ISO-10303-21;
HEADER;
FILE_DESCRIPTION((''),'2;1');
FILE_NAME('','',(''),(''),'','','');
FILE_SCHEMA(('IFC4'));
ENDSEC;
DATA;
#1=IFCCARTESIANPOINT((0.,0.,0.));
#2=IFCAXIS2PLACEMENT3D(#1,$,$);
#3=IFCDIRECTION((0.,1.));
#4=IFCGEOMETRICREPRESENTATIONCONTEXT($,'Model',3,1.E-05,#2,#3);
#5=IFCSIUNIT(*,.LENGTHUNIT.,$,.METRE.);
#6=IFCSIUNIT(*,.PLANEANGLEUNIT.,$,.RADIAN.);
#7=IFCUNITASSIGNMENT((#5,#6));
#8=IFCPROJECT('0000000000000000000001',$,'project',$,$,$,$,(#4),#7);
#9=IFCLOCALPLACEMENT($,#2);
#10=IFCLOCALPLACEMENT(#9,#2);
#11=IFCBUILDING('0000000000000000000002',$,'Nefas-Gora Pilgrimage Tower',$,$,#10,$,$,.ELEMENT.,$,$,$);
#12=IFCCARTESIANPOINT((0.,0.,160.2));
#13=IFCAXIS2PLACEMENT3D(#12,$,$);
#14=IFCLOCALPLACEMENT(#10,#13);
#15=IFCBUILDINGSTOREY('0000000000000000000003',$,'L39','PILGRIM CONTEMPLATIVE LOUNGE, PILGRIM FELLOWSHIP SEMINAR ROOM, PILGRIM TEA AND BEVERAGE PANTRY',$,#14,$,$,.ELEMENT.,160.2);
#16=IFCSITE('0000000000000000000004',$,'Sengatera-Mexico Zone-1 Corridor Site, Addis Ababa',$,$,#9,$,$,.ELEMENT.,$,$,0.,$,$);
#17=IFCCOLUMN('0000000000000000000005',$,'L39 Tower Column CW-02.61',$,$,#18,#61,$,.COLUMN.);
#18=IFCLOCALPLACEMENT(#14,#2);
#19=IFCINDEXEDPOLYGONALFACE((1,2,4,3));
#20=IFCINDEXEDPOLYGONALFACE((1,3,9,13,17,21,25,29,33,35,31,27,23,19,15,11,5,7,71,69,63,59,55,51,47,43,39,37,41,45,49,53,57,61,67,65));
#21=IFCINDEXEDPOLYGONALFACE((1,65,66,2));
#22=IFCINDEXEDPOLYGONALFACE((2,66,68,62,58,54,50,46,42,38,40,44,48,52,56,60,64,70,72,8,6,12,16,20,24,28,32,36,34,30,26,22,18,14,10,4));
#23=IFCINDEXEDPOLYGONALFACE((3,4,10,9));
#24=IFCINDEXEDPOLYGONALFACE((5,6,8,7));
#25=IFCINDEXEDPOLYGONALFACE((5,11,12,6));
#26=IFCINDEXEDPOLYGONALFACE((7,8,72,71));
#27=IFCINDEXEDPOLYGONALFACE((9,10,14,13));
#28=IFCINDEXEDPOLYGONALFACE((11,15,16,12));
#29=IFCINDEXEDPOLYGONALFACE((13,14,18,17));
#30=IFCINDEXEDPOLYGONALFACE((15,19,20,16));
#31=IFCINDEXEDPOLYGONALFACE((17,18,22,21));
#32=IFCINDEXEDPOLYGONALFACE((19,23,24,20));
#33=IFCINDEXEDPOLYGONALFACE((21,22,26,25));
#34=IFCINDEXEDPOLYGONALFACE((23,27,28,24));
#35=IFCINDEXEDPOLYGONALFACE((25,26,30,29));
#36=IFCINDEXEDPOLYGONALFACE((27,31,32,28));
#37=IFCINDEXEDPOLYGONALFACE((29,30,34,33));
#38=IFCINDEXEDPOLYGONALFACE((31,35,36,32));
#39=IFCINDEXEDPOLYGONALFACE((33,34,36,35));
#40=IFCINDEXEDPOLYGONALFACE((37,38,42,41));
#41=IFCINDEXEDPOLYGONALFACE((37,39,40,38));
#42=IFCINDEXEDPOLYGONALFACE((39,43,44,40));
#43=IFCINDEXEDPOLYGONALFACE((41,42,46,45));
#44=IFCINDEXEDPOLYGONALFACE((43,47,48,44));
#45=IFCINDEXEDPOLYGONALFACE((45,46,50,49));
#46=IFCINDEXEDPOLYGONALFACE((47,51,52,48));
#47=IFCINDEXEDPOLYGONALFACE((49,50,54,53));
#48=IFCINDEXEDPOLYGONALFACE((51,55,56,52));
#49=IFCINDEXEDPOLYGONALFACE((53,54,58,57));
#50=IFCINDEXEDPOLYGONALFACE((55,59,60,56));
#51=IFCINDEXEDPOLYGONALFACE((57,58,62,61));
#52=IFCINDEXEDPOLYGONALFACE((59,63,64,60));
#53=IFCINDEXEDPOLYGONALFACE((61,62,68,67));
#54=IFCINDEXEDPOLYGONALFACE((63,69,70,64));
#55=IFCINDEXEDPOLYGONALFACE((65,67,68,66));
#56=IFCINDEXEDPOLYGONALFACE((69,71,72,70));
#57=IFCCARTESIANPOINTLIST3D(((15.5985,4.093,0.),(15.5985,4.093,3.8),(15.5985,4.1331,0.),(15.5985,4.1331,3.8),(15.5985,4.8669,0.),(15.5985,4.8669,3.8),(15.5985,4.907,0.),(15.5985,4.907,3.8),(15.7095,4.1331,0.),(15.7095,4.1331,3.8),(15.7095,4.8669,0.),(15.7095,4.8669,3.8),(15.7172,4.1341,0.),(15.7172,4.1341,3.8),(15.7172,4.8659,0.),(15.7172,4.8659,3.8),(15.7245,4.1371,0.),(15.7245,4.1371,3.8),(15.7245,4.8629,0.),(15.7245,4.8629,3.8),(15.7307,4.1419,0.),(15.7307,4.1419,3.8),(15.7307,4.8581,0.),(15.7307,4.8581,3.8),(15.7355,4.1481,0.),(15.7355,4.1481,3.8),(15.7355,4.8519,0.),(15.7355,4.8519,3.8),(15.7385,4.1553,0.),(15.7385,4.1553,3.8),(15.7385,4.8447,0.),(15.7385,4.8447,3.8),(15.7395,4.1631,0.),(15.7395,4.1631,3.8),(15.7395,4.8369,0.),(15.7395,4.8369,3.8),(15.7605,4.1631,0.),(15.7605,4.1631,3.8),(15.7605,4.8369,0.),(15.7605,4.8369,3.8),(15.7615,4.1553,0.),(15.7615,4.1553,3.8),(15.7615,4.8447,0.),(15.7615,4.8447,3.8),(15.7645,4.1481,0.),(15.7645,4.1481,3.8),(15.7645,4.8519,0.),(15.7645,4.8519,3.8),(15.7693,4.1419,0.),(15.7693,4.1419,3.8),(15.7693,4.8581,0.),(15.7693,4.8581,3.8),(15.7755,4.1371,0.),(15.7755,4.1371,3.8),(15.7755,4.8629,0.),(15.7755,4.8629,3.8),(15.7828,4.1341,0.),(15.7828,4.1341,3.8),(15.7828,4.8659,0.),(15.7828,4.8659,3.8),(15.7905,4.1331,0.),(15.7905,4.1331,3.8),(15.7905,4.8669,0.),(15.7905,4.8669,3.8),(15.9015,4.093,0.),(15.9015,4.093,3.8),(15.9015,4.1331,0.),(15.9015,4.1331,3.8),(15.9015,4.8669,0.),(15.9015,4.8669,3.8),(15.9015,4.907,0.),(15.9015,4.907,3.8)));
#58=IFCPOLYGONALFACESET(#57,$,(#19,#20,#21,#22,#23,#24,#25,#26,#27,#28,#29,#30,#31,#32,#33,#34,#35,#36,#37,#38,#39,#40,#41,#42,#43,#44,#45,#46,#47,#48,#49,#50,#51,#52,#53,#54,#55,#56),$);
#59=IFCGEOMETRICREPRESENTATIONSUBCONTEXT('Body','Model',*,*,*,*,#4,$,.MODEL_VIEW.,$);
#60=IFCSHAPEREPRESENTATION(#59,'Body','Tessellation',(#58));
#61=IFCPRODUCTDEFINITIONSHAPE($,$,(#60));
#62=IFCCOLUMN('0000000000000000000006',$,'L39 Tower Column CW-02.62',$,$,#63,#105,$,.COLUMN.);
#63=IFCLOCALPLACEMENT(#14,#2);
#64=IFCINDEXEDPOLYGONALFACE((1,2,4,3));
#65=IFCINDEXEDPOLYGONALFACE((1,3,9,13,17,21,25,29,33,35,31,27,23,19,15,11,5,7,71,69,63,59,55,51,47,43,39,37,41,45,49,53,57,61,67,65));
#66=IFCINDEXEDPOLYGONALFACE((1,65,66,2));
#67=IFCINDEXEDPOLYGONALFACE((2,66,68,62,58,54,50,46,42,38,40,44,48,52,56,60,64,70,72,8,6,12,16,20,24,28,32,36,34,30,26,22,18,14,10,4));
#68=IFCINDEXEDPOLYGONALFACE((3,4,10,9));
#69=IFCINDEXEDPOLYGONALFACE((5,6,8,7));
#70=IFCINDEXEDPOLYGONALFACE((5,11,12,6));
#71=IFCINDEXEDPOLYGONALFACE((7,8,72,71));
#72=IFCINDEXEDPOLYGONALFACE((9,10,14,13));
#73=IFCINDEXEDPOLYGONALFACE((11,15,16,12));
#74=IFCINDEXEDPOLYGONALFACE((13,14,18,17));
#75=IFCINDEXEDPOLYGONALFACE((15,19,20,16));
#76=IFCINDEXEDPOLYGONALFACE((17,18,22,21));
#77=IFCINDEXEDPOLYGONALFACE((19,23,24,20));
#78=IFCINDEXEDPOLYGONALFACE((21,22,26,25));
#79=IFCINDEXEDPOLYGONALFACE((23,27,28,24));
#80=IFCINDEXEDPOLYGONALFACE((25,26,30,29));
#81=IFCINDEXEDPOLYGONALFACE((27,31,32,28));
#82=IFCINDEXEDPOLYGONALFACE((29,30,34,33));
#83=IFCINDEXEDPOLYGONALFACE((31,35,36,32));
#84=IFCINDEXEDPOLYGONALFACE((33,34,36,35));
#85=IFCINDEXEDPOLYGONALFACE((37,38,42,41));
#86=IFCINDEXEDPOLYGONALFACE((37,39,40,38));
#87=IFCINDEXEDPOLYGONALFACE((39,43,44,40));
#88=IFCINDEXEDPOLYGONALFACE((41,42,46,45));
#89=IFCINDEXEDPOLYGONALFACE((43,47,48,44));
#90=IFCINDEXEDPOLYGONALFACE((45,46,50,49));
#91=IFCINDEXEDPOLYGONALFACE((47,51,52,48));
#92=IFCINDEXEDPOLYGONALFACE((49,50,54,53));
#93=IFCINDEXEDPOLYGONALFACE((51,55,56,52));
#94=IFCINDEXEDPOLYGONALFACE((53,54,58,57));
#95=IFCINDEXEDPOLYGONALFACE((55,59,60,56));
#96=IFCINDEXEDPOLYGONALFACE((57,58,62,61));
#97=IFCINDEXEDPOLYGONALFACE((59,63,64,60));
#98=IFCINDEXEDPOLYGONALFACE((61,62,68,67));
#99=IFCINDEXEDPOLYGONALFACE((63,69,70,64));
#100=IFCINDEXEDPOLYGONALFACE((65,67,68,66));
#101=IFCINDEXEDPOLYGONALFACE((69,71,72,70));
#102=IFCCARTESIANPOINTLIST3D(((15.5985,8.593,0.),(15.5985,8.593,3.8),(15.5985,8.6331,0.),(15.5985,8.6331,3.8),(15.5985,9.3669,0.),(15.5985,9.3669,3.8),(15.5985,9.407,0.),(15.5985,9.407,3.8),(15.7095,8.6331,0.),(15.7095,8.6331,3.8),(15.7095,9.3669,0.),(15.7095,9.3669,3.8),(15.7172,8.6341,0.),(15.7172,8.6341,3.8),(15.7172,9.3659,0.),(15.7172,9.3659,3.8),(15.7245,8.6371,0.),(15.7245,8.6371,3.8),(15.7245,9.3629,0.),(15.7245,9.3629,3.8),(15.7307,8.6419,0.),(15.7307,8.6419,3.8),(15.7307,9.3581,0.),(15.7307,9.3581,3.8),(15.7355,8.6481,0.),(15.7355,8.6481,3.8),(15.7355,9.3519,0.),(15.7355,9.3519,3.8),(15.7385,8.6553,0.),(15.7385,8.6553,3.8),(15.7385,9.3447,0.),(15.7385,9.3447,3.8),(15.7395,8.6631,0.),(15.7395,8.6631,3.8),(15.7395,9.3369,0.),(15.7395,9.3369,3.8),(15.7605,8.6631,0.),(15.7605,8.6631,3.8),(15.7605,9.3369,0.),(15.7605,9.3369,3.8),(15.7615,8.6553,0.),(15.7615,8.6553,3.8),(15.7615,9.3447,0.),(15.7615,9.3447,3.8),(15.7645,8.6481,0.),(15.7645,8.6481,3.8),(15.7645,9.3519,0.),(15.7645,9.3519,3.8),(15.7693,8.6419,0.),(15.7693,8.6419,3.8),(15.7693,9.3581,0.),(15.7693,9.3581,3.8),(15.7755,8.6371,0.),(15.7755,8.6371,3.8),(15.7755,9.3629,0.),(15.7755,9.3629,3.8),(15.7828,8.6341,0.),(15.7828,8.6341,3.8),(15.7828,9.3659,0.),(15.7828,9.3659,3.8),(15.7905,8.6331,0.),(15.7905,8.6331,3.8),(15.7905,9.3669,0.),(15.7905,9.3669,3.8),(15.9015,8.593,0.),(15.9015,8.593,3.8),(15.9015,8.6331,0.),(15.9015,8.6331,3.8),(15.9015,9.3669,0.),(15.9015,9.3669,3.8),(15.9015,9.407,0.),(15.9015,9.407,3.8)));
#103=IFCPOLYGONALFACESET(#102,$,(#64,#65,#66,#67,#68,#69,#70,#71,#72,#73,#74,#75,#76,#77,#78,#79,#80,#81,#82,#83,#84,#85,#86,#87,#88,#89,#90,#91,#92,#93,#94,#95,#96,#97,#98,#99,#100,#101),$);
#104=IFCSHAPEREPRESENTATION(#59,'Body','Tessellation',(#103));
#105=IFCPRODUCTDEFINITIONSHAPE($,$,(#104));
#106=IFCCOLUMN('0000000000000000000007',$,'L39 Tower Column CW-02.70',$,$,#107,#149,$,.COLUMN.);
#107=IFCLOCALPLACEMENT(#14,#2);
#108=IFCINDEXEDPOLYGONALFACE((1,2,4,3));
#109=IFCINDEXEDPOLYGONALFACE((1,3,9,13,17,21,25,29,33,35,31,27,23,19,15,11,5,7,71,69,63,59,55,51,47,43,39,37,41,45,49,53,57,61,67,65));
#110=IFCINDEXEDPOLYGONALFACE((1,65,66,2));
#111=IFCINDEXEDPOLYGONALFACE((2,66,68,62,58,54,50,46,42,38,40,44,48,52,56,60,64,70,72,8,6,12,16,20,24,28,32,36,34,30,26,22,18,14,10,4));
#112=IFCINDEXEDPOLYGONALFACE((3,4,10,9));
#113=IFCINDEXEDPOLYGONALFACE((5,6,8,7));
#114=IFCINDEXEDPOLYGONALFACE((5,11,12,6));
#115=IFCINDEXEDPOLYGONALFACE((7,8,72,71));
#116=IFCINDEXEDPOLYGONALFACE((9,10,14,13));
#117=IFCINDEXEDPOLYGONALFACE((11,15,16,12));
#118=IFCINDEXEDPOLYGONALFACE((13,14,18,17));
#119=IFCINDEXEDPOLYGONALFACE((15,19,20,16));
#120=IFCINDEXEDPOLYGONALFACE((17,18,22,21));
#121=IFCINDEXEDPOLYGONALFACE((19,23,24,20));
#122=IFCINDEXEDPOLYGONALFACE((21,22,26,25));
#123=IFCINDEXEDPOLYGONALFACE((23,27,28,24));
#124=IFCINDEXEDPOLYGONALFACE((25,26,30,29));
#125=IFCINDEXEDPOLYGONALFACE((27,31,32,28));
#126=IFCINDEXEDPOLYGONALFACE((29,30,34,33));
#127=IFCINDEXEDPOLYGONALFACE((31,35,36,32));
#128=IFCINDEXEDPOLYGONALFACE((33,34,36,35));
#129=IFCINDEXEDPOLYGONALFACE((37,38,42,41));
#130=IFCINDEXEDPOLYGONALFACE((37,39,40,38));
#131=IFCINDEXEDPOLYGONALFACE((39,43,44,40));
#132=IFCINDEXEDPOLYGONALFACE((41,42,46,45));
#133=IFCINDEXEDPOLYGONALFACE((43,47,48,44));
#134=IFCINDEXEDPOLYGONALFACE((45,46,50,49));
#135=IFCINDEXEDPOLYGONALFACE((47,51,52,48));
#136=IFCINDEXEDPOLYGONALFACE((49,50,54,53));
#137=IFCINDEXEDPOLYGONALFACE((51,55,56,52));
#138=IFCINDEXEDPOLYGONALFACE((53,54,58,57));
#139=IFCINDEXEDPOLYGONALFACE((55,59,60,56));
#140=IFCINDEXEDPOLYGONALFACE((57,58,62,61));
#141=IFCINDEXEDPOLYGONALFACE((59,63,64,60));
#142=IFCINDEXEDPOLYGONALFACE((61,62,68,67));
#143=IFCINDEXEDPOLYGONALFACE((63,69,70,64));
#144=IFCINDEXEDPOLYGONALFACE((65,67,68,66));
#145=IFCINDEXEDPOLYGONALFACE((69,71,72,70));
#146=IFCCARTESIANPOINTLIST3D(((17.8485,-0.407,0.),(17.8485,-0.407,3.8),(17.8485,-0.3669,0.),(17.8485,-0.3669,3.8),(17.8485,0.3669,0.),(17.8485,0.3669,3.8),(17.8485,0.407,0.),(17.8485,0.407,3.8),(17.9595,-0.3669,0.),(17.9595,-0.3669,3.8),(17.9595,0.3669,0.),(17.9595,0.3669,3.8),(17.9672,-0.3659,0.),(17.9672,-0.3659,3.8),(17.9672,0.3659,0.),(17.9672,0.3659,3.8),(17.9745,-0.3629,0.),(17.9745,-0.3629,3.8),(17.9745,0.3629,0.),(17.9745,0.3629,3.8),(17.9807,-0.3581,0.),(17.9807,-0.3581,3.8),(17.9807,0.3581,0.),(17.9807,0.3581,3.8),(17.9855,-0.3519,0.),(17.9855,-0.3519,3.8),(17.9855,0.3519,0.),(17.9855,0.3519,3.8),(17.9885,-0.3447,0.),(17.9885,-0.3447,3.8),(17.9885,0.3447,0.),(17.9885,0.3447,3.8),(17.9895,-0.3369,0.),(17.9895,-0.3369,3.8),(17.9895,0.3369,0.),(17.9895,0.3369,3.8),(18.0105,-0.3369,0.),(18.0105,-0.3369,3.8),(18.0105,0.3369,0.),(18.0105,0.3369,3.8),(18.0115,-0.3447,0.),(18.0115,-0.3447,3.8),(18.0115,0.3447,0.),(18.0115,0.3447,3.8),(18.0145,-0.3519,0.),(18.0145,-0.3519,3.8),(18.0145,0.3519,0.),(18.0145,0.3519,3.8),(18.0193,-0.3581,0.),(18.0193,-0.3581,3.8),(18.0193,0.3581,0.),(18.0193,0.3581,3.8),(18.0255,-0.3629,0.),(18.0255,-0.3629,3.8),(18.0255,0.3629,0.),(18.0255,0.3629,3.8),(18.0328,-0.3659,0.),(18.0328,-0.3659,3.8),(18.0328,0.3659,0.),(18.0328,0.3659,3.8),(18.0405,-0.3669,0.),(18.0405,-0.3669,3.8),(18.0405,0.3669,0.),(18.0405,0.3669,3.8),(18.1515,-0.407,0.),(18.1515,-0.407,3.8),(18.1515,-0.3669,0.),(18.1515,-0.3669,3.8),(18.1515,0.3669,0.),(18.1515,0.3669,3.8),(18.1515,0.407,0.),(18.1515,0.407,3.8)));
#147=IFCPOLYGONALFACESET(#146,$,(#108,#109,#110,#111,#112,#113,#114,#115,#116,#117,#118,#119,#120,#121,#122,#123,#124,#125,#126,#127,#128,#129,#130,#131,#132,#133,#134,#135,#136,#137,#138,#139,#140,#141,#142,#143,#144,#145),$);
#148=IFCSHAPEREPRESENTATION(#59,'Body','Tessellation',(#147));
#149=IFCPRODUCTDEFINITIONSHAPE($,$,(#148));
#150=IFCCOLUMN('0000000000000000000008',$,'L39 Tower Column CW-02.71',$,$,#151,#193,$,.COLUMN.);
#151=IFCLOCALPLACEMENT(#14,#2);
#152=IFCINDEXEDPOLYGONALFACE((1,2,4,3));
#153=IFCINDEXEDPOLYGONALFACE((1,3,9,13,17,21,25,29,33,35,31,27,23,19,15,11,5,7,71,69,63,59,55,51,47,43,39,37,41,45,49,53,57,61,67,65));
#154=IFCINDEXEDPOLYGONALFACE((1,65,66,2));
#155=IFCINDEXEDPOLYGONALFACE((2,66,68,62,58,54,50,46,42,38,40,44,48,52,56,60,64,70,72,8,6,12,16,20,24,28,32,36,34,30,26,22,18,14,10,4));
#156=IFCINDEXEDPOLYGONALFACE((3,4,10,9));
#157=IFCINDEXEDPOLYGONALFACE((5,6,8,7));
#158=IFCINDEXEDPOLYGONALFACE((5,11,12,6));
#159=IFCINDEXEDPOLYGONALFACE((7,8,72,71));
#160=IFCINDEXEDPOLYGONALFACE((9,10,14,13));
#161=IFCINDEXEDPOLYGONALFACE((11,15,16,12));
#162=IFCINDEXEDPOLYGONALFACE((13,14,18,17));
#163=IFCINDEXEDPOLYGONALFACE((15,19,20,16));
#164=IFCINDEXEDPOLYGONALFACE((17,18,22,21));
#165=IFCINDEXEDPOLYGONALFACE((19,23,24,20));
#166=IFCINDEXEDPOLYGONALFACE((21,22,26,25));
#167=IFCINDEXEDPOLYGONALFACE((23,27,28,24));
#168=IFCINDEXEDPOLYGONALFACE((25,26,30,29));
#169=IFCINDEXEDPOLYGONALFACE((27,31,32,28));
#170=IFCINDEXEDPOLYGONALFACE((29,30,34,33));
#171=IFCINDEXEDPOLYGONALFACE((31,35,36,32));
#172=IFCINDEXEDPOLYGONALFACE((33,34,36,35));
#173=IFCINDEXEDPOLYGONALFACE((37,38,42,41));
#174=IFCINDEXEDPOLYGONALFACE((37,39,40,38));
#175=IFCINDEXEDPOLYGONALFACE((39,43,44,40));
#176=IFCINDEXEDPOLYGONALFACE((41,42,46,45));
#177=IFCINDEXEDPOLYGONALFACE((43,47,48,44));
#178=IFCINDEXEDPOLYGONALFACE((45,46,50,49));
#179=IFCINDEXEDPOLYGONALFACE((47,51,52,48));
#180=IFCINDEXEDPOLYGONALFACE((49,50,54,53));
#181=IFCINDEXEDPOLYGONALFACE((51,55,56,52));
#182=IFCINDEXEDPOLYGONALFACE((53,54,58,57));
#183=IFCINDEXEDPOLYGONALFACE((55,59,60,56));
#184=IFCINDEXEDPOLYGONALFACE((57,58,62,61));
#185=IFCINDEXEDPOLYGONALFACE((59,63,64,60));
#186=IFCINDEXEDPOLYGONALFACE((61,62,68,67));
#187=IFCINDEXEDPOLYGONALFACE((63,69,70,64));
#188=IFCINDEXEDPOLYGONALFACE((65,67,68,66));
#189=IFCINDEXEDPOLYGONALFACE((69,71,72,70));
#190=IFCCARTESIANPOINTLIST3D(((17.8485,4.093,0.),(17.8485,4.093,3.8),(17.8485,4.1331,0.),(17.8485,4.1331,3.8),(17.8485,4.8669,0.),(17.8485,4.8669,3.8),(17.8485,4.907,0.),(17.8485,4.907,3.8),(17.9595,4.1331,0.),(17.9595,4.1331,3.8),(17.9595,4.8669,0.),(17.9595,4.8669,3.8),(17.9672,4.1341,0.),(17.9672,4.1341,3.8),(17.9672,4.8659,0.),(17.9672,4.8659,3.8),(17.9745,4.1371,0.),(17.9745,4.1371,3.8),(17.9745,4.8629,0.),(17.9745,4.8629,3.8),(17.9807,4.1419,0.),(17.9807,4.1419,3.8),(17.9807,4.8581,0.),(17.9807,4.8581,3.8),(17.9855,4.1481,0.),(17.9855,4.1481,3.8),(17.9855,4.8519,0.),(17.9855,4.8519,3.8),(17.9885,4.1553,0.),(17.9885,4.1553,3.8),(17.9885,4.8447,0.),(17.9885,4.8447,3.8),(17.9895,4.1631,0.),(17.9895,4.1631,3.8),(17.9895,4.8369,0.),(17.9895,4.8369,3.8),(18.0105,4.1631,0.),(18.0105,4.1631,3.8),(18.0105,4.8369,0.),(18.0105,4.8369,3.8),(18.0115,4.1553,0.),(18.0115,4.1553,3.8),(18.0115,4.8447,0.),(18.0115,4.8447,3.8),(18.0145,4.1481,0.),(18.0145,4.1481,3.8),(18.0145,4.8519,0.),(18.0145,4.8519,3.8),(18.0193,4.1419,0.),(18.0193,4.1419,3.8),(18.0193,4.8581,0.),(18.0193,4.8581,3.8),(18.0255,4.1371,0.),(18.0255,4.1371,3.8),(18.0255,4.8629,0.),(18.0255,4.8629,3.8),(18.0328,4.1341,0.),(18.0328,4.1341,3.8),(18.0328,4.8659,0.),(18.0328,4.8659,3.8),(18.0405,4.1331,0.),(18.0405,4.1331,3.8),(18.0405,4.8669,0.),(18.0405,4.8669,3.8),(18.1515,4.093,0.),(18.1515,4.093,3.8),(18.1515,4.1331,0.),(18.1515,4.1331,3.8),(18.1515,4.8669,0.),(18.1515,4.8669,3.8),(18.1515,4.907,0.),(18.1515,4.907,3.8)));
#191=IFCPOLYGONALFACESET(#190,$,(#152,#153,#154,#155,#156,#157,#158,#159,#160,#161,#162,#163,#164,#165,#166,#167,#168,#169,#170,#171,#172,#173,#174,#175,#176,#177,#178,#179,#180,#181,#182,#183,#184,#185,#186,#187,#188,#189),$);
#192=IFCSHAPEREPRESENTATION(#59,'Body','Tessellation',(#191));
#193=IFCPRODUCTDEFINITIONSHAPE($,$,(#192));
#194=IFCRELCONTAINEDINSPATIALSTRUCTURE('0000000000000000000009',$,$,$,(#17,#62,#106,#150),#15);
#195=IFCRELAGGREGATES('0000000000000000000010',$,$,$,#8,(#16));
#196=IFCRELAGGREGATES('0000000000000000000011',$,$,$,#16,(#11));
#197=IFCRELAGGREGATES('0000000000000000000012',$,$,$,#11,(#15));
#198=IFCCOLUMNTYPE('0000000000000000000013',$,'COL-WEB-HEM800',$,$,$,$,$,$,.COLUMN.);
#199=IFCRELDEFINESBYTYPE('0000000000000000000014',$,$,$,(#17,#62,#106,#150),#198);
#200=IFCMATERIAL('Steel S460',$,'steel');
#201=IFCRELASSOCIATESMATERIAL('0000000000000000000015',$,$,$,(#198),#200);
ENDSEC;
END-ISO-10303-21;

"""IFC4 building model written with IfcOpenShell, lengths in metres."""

from ifc_helpers import new_model, si_unit, direction, frame, origin, origin_2d, place, context, subcontext, project, spatial, i_section, extrude, source, transform, mapped, material, material_profile, profile_set, type_object, element, save


model = new_model("IFC4")

# Units and contexts
model_context = context("Model", 3, precision=1e-05, world=origin(), true_north=direction((0.0, 1.0)))
body_context = subcontext(model_context, "Body", "Model", "MODEL_VIEW")
ifc_project = project(units=[si_unit("LENGTHUNIT", "METRE"), si_unit("PLANEANGLEUNIT", "RADIAN")], contexts=[model_context])

# Site, building, storey
site_placement = place(None, origin())
site = spatial("IfcSite", under=ifc_project, at=site_placement, Name="Sengatera-Mexico Zone-1 Corridor Site, Addis Ababa", CompositionType="ELEMENT", RefElevation=0.0)
building_placement = place(site_placement, origin())
building = spatial("IfcBuilding", under=site, at=building_placement, Name="Nefas-Gora Pilgrimage Tower", CompositionType="ELEMENT")
storey_placement = place(building_placement, frame((0.0, 0.0, 160.2)))
storey = spatial("IfcBuildingStorey", under=building, at=storey_placement, Name="L39", Description="PILGRIM CONTEMPLATIVE LOUNGE, PILGRIM FELLOWSHIP SEMINAR ROOM, PILGRIM TEA AND BEVERAGE PANTRY", CompositionType="ELEMENT", Elevation=160.2)

# Columns
ifc_material_1 = material(Name="Steel S460", Category="steel")
ifc_material_profile_1 = material_profile(ifc_material_1, i_section(OverallWidth=0.303, OverallDepth=0.814, WebThickness=0.021, FlangeThickness=0.04, FilletRadius=0.03, at=origin_2d()), Name="HEM 800")
ifc_profile_set_1 = profile_set([ifc_material_profile_1], Name="Steel S460")
column_type_1 = type_object("IfcColumnType", Name="COL-WEB-HEM800", PredefinedType="COLUMN", material=ifc_profile_set_1)
shared_shape_1 = source(origin(), body_context, "Body", "SweptSolid", [
    extrude(i_section(OverallWidth=0.303, OverallDepth=0.814, WebThickness=0.021, FlangeThickness=0.04, FilletRadius=0.03, at=origin_2d()), origin(), (0.0, 0.0, 1.0), 3.8),
])
for number, where, z_axis, x_axis, name in (
    (1, (15.75, 4.5, 0.0), (0.0, 0.0, 1.0), (1.0, 0.0, 0.0), "L39 Tower Column CW-02.61"),
    (2, (15.75, 9.0, 0.0), (0.0, 0.0, 1.0), (1.0, 0.0, 0.0), "L39 Tower Column CW-02.62"),
    (3, (18.0, 0.0, 0.0), (0.0, 0.0, 1.0), (1.0, 0.0, 0.0), "L39 Tower Column CW-02.70"),
    (4, (18.0, 4.5, 0.0), (0.0, 0.0, 1.0), (1.0, 0.0, 0.0), "L39 Tower Column CW-02.71"),
):
    element("IfcColumn", number, at=place(storey_placement, frame(where, z_axis=z_axis, x_axis=x_axis)), inside=storey, type_object=column_type_1, Name=name, PredefinedType="COLUMN", context=body_context, shape_type="MappedRepresentation", body=[
        mapped(shared_shape_1, transform((0.0, 0.0, 0.0), x_axis=(1.0, 0.0, 0.0), y_axis=(0.0, 1.0, 0.0), z_axis=(0.0, 0.0, 1.0), scale=1.0)),
    ])

save(model, "model.ifc")
